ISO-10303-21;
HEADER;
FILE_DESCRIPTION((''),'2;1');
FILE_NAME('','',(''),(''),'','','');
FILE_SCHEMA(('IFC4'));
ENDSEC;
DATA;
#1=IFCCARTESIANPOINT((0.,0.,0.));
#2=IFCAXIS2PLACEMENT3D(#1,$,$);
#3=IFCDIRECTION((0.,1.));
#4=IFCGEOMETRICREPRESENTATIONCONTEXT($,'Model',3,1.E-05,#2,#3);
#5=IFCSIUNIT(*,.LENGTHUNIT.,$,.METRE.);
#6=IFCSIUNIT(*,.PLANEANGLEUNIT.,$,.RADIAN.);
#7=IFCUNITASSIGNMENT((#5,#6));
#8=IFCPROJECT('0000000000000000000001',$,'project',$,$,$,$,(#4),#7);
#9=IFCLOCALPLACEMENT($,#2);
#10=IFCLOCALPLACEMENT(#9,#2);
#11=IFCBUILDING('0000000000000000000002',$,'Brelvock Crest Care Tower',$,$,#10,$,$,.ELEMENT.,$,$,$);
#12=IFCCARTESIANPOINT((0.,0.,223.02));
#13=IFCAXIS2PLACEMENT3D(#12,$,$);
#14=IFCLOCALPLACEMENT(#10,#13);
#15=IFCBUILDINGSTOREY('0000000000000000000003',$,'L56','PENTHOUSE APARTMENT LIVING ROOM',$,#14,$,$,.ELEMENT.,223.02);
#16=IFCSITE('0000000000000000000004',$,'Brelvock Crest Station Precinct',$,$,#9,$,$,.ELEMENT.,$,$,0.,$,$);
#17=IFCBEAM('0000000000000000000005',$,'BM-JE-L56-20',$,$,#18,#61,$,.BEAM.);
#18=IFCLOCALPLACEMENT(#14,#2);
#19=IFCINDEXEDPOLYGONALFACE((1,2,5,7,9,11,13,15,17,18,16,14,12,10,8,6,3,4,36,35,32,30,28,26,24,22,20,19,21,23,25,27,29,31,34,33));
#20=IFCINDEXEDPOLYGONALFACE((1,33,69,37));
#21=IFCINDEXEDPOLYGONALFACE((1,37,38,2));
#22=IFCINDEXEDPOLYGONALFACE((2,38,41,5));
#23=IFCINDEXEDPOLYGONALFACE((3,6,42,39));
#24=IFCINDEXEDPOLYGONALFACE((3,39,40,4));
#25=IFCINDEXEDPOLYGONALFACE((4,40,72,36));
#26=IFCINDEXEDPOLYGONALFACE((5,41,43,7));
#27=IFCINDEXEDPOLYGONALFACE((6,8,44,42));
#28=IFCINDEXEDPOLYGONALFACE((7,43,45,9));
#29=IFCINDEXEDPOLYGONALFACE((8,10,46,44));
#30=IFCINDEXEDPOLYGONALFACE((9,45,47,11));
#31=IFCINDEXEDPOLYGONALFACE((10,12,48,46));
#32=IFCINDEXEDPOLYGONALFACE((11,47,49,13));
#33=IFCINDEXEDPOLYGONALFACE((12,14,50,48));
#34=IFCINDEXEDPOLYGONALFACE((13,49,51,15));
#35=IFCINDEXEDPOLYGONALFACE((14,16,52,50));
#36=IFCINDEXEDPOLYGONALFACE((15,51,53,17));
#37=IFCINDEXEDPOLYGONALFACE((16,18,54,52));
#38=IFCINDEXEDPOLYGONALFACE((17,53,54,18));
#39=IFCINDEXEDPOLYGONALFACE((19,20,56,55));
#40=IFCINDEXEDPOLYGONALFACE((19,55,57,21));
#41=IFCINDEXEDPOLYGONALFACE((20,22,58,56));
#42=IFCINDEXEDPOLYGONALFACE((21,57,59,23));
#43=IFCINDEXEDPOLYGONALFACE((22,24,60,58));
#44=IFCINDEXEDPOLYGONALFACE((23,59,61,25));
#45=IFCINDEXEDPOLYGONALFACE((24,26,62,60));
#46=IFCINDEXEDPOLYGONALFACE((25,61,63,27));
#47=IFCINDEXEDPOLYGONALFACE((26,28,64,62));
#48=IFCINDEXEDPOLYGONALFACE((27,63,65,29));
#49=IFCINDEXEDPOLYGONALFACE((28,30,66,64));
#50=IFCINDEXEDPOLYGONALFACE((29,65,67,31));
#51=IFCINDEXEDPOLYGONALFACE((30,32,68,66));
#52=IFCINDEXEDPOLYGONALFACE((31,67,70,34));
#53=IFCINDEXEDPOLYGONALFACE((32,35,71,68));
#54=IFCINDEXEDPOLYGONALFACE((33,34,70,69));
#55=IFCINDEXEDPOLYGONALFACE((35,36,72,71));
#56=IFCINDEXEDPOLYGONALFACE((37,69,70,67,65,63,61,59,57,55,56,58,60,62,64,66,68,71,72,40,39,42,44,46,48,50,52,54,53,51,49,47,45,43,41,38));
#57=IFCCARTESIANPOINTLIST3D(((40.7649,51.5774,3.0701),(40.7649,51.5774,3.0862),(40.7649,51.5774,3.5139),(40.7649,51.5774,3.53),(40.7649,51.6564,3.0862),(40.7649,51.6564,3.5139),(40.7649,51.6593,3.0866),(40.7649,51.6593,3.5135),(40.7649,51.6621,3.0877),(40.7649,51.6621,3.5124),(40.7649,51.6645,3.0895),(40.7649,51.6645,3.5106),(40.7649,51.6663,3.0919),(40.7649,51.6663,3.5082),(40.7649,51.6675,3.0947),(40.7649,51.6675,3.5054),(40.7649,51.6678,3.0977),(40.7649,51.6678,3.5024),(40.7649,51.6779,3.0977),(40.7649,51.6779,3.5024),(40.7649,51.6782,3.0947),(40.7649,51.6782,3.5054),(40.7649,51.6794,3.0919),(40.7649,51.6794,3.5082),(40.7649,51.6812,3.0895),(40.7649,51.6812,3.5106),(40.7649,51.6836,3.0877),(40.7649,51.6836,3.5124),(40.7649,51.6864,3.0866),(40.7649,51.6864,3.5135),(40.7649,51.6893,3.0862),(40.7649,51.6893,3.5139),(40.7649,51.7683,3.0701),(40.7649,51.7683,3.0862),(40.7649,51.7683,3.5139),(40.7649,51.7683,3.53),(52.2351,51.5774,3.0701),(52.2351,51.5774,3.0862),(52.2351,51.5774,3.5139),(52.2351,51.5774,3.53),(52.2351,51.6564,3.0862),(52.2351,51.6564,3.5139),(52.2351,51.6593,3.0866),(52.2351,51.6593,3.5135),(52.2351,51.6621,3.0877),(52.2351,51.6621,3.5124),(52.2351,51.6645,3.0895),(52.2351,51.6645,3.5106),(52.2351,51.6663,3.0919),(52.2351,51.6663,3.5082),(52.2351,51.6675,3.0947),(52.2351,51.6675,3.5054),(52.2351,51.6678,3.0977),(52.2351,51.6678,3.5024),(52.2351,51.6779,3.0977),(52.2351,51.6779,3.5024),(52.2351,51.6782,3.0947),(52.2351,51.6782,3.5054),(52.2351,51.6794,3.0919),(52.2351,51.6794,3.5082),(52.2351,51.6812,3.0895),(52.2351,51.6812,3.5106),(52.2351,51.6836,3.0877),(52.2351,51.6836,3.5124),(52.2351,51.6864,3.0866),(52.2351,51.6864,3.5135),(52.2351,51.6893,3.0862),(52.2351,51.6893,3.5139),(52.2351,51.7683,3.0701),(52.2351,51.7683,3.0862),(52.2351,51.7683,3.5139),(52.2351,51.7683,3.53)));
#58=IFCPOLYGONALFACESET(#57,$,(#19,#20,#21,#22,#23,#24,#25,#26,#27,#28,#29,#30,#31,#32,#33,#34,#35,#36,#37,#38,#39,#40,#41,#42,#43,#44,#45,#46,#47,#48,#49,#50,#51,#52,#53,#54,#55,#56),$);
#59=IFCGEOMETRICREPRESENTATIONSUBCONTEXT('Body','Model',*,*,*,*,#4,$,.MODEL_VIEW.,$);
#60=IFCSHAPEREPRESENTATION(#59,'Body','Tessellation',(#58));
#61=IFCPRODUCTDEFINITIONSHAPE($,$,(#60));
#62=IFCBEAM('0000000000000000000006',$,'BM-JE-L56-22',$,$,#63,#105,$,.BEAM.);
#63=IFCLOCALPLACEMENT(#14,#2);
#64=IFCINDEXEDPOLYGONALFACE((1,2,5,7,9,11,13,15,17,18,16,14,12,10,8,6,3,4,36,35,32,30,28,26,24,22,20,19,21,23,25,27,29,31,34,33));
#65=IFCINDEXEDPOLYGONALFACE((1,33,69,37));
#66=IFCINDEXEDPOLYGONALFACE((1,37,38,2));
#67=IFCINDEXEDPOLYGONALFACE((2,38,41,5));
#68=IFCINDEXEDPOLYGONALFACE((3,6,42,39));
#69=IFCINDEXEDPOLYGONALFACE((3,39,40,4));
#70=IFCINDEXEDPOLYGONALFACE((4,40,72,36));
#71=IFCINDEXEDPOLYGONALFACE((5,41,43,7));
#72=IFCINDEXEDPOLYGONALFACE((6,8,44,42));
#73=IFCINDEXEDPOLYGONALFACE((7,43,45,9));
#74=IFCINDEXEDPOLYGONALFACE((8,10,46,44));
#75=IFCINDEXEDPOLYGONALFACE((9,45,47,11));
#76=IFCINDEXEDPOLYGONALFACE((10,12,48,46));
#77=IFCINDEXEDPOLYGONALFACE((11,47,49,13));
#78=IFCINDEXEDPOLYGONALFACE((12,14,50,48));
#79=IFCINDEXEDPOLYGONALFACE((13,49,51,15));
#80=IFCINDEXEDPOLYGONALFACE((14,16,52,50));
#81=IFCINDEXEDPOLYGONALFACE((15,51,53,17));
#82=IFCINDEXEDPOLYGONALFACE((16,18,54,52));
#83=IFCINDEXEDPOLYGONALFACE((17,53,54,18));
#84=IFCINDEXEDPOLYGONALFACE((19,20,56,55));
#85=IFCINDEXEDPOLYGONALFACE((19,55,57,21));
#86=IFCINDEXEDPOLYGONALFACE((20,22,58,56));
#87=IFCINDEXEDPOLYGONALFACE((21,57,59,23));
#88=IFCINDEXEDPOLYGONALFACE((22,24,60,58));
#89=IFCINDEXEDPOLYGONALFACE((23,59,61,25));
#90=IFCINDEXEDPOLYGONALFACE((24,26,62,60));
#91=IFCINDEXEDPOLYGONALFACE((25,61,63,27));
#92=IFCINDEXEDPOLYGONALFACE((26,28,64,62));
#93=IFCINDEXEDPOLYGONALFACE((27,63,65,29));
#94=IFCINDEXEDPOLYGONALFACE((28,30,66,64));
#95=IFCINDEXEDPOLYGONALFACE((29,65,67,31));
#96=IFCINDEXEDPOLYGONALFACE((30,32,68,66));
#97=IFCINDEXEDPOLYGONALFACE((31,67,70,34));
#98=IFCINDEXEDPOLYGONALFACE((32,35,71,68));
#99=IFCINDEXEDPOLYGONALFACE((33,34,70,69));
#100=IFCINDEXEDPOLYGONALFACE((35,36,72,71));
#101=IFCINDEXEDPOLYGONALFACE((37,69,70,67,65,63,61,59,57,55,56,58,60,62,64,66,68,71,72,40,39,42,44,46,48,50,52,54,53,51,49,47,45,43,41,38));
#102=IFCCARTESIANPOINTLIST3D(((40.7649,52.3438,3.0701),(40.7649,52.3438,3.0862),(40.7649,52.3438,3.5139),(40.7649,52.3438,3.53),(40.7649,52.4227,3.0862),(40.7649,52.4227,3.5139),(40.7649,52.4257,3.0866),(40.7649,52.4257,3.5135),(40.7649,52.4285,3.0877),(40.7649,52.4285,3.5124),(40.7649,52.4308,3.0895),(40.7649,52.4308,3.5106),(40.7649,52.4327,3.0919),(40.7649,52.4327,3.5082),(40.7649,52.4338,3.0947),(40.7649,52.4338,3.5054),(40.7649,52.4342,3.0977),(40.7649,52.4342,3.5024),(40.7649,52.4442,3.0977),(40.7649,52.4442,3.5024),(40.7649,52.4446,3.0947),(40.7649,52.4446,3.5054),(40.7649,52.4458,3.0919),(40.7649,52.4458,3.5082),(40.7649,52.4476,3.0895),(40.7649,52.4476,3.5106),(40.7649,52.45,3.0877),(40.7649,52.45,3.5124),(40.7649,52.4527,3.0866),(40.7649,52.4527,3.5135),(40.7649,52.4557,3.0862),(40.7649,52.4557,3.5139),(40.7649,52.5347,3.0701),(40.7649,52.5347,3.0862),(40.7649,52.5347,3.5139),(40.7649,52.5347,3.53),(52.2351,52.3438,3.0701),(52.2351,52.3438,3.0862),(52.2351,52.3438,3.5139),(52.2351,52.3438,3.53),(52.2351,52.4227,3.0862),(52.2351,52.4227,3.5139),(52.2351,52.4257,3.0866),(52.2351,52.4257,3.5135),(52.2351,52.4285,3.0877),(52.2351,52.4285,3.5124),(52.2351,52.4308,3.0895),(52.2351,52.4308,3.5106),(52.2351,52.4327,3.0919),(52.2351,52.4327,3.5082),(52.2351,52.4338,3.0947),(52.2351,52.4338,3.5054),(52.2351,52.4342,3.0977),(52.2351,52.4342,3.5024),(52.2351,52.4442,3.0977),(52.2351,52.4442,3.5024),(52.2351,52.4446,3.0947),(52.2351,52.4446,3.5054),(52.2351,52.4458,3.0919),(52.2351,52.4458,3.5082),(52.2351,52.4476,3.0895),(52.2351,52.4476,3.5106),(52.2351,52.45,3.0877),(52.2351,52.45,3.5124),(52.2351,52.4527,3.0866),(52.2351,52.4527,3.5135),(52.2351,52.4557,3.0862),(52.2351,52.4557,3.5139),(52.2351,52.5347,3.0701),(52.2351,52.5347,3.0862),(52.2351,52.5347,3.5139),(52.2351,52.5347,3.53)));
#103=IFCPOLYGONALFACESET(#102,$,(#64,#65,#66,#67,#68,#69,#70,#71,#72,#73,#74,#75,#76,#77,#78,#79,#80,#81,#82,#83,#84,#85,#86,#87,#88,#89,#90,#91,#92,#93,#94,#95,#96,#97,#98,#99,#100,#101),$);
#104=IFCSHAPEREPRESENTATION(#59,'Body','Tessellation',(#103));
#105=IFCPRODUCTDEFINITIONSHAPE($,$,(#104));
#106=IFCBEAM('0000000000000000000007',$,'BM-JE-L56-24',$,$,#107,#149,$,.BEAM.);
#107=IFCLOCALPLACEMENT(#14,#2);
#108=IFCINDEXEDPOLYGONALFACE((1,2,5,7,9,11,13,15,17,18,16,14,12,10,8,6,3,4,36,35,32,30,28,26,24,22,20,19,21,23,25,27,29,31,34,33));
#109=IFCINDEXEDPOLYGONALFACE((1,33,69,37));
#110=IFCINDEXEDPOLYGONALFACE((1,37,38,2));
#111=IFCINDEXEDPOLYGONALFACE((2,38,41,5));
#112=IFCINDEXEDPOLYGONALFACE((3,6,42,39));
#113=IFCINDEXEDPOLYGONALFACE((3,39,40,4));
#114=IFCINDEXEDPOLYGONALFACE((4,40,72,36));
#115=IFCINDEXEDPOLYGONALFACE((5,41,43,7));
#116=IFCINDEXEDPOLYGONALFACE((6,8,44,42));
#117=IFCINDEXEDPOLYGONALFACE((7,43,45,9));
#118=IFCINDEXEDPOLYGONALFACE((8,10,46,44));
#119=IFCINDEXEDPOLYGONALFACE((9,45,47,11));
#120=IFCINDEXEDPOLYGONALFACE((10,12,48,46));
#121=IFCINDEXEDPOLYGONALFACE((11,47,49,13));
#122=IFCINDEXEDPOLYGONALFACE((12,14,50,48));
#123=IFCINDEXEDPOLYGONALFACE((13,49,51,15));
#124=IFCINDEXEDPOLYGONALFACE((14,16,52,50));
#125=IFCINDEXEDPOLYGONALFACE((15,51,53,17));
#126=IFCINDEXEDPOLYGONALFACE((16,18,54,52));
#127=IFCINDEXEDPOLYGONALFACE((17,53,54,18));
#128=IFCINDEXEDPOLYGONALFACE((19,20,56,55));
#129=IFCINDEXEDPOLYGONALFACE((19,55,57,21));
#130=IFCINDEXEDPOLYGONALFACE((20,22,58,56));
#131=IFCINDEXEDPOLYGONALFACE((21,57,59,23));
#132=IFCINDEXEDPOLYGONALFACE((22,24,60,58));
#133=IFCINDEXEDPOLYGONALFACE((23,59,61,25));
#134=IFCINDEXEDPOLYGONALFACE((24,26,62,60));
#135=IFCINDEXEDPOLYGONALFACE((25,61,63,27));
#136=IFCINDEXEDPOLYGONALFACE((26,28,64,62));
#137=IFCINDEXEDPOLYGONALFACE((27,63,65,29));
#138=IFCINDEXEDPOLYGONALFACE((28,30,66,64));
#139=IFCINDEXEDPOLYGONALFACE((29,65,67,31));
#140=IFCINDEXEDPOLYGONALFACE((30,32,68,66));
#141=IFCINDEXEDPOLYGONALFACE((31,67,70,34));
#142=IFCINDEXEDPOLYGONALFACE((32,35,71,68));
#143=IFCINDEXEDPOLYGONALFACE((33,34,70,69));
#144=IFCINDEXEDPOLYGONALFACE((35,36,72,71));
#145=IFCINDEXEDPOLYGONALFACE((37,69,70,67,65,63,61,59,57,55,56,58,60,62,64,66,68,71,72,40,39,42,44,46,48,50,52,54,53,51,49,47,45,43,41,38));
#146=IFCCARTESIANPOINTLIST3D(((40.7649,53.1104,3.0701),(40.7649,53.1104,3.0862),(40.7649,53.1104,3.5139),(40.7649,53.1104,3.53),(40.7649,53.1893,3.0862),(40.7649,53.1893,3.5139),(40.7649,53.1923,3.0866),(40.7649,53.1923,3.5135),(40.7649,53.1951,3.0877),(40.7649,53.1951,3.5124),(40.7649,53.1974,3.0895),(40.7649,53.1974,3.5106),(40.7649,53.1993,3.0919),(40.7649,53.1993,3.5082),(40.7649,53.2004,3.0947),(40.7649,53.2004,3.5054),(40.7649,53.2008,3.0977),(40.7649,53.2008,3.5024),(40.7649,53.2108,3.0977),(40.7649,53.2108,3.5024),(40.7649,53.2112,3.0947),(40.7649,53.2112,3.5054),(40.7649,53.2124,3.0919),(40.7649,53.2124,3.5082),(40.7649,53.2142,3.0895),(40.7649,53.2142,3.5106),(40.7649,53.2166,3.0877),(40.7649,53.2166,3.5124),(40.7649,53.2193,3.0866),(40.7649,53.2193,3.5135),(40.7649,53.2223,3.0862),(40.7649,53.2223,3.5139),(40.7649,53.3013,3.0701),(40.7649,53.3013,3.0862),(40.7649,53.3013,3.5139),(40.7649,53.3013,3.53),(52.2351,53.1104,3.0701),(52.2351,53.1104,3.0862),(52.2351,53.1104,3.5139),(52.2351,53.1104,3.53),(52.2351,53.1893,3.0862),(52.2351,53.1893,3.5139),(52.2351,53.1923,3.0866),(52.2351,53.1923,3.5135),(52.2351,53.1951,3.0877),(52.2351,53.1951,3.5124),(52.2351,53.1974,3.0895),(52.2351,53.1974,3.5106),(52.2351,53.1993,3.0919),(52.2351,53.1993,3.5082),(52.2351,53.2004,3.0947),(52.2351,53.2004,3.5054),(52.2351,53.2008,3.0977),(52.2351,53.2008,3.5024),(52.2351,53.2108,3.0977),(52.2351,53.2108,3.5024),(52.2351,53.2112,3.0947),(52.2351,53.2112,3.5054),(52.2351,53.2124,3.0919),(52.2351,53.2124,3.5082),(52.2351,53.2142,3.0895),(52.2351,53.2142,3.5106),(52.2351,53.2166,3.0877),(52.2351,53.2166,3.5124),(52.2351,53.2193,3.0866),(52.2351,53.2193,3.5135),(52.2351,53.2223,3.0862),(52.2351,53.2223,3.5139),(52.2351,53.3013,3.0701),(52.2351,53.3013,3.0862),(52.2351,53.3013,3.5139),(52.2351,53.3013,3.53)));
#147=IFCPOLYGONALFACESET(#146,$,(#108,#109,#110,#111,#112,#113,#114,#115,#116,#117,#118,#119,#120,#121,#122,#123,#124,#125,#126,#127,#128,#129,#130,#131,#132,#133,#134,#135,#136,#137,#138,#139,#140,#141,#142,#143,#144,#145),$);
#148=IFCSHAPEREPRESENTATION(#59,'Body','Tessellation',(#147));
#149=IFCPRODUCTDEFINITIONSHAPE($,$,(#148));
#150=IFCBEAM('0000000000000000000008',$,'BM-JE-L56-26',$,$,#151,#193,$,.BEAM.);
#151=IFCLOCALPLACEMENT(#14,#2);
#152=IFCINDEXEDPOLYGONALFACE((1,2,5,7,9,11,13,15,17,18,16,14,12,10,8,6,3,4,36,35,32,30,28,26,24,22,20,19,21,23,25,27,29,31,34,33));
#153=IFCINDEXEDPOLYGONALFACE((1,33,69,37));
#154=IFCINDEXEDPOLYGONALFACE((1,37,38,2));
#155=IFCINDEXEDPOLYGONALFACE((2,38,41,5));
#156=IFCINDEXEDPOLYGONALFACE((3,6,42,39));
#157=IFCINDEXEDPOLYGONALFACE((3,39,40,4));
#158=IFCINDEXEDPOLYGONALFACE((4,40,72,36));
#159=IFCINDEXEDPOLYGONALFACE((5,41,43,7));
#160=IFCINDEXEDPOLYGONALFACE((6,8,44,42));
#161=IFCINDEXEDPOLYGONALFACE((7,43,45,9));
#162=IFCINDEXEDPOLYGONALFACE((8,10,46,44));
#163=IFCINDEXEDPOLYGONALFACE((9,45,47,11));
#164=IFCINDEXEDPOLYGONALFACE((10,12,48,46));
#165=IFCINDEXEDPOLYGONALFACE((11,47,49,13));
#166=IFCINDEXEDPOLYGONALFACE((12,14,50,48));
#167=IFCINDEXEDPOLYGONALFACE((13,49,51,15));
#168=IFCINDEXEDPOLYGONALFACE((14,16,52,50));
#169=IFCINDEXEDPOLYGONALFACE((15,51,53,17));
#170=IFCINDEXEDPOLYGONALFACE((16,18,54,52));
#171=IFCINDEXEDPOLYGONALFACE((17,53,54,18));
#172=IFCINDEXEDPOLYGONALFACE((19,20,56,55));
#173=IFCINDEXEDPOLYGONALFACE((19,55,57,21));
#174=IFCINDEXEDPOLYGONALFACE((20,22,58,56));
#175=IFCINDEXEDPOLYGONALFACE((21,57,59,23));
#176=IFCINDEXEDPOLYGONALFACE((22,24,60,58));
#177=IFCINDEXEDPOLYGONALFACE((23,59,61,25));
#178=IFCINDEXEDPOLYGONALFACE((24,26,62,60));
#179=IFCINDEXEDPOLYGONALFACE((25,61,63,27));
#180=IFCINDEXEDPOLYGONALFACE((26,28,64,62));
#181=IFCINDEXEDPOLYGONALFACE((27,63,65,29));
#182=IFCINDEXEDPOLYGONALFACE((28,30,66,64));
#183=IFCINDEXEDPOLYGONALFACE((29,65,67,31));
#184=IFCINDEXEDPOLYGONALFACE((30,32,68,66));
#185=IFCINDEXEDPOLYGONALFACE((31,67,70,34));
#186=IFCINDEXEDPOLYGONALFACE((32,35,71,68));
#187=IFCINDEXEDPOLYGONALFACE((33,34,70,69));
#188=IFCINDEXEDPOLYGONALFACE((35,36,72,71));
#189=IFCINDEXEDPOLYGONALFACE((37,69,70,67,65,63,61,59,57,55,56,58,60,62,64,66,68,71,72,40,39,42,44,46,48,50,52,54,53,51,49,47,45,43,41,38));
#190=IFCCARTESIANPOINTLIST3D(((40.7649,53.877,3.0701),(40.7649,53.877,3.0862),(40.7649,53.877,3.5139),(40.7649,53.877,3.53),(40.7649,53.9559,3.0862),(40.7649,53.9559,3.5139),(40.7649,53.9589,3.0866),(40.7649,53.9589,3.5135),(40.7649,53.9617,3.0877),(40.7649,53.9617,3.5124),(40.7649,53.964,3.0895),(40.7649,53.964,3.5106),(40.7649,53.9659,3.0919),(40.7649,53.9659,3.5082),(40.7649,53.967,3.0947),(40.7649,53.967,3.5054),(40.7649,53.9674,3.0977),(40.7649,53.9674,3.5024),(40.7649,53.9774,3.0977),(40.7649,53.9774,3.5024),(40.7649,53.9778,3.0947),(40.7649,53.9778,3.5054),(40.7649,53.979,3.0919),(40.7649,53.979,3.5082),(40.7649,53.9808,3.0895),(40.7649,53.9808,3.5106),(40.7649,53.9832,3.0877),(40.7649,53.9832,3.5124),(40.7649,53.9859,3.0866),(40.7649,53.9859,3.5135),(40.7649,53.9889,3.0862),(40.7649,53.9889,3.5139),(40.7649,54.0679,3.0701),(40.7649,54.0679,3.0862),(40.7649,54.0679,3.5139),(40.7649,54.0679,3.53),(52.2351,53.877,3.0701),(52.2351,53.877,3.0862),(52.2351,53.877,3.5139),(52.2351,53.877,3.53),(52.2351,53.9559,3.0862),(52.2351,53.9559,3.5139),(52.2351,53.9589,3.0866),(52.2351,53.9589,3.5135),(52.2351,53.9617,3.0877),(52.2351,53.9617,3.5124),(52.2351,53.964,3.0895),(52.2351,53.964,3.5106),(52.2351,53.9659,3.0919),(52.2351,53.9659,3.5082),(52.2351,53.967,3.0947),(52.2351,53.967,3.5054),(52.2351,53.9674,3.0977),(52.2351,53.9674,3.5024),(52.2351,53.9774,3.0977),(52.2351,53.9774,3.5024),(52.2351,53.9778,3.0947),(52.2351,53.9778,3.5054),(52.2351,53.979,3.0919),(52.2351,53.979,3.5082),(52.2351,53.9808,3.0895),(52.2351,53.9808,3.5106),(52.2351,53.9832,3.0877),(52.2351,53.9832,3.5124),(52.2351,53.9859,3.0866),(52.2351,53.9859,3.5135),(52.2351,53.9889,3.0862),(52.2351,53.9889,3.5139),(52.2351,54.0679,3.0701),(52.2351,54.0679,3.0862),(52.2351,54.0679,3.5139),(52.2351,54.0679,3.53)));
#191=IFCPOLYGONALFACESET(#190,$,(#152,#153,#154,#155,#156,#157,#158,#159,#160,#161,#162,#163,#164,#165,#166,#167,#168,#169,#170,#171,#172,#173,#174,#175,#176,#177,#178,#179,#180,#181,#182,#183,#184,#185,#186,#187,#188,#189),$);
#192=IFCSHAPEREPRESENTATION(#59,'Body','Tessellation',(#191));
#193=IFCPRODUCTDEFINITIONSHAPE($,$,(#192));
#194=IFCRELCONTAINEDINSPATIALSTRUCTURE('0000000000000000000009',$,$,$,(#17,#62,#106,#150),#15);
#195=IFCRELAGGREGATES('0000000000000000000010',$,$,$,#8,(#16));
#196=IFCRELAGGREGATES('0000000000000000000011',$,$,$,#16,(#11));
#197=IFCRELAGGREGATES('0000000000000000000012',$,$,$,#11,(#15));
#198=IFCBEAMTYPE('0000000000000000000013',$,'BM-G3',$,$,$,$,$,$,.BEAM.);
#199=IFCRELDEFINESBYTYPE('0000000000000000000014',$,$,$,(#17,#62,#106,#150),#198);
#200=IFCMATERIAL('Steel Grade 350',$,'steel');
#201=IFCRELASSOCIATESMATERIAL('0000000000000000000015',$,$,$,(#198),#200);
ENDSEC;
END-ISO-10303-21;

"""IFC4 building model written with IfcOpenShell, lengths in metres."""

from ifc_helpers import new_model, si_unit, direction, frame, origin, origin_2d, place, context, subcontext, project, spatial, i_section, extrude, source, transform, mapped, material, material_profile, profile_set, type_object, element, save


model = new_model("IFC4")

# Units and contexts
model_context = context("Model", 3, precision=1e-05, world=origin(), true_north=direction((0.0, 1.0)))
body_context = subcontext(model_context, "Body", "Model", "MODEL_VIEW")
ifc_project = project(units=[si_unit("LENGTHUNIT", "METRE"), si_unit("PLANEANGLEUNIT", "RADIAN")], contexts=[model_context])

# Site, building, storey
site_placement = place(None, origin())
site = spatial("IfcSite", under=ifc_project, at=site_placement, Name="Brelvock Crest Station Precinct", CompositionType="ELEMENT", RefElevation=0.0)
building_placement = place(site_placement, origin())
building = spatial("IfcBuilding", under=site, at=building_placement, Name="Brelvock Crest Care Tower", CompositionType="ELEMENT")
storey_placement = place(building_placement, frame((0.0, 0.0, 223.02)))
storey = spatial("IfcBuildingStorey", under=building, at=storey_placement, Name="L56", Description="PENTHOUSE APARTMENT LIVING ROOM", CompositionType="ELEMENT", Elevation=223.02)

# Shared definitions
ifc_material_1 = material(Name="Steel Grade 350", Category="steel")

# Beams
ifc_material_profile_1 = material_profile(ifc_material_1, i_section(OverallWidth=0.1909, OverallDepth=0.46, WebThickness=0.01, FlangeThickness=0.0161, FilletRadius=0.0115, at=origin_2d()), Name="460UB82.1")
ifc_profile_set_1 = profile_set([ifc_material_profile_1], Name="Steel Grade 350")
beam_type_1 = type_object("IfcBeamType", Name="BM-G3", PredefinedType="BEAM", material=ifc_profile_set_1)
shared_shape_1 = source(origin(), body_context, "Body", "SweptSolid", [
    extrude(i_section(OverallWidth=0.1909, OverallDepth=0.46, WebThickness=0.01, FlangeThickness=0.0161, FilletRadius=0.0115, at=origin_2d()), origin(), (0.0, 0.0, 1.0), 11.4702),
])
for number, where, z_axis, x_axis, name in (
    (1, (40.7649, 51.6729, 3.3), (1.0, 0.0, 0.0), (0.0, 1.0, 0.0), "BM-JE-L56-20"),
    (2, (40.7649, 52.4392, 3.3), (1.0, 0.0, 0.0), (0.0, 1.0, 0.0), "BM-JE-L56-22"),
    (3, (40.7649, 53.2058, 3.3), (1.0, 0.0, 0.0), (0.0, 1.0, 0.0), "BM-JE-L56-24"),
    (4, (40.7649, 53.9724, 3.3), (1.0, 0.0, 0.0), (0.0, 1.0, 0.0), "BM-JE-L56-26"),
):
    element("IfcBeam", number, at=place(storey_placement, frame(where, z_axis=z_axis, x_axis=x_axis)), inside=storey, type_object=beam_type_1, Name=name, PredefinedType="BEAM", context=body_context, shape_type="MappedRepresentation", body=[
        mapped(shared_shape_1, transform((0.0, 0.0, 0.0), x_axis=(1.0, 0.0, 0.0), y_axis=(0.0, 1.0, 0.0), z_axis=(0.0, 0.0, 1.0), scale=1.0)),
    ])

save(model, "model.ifc")
